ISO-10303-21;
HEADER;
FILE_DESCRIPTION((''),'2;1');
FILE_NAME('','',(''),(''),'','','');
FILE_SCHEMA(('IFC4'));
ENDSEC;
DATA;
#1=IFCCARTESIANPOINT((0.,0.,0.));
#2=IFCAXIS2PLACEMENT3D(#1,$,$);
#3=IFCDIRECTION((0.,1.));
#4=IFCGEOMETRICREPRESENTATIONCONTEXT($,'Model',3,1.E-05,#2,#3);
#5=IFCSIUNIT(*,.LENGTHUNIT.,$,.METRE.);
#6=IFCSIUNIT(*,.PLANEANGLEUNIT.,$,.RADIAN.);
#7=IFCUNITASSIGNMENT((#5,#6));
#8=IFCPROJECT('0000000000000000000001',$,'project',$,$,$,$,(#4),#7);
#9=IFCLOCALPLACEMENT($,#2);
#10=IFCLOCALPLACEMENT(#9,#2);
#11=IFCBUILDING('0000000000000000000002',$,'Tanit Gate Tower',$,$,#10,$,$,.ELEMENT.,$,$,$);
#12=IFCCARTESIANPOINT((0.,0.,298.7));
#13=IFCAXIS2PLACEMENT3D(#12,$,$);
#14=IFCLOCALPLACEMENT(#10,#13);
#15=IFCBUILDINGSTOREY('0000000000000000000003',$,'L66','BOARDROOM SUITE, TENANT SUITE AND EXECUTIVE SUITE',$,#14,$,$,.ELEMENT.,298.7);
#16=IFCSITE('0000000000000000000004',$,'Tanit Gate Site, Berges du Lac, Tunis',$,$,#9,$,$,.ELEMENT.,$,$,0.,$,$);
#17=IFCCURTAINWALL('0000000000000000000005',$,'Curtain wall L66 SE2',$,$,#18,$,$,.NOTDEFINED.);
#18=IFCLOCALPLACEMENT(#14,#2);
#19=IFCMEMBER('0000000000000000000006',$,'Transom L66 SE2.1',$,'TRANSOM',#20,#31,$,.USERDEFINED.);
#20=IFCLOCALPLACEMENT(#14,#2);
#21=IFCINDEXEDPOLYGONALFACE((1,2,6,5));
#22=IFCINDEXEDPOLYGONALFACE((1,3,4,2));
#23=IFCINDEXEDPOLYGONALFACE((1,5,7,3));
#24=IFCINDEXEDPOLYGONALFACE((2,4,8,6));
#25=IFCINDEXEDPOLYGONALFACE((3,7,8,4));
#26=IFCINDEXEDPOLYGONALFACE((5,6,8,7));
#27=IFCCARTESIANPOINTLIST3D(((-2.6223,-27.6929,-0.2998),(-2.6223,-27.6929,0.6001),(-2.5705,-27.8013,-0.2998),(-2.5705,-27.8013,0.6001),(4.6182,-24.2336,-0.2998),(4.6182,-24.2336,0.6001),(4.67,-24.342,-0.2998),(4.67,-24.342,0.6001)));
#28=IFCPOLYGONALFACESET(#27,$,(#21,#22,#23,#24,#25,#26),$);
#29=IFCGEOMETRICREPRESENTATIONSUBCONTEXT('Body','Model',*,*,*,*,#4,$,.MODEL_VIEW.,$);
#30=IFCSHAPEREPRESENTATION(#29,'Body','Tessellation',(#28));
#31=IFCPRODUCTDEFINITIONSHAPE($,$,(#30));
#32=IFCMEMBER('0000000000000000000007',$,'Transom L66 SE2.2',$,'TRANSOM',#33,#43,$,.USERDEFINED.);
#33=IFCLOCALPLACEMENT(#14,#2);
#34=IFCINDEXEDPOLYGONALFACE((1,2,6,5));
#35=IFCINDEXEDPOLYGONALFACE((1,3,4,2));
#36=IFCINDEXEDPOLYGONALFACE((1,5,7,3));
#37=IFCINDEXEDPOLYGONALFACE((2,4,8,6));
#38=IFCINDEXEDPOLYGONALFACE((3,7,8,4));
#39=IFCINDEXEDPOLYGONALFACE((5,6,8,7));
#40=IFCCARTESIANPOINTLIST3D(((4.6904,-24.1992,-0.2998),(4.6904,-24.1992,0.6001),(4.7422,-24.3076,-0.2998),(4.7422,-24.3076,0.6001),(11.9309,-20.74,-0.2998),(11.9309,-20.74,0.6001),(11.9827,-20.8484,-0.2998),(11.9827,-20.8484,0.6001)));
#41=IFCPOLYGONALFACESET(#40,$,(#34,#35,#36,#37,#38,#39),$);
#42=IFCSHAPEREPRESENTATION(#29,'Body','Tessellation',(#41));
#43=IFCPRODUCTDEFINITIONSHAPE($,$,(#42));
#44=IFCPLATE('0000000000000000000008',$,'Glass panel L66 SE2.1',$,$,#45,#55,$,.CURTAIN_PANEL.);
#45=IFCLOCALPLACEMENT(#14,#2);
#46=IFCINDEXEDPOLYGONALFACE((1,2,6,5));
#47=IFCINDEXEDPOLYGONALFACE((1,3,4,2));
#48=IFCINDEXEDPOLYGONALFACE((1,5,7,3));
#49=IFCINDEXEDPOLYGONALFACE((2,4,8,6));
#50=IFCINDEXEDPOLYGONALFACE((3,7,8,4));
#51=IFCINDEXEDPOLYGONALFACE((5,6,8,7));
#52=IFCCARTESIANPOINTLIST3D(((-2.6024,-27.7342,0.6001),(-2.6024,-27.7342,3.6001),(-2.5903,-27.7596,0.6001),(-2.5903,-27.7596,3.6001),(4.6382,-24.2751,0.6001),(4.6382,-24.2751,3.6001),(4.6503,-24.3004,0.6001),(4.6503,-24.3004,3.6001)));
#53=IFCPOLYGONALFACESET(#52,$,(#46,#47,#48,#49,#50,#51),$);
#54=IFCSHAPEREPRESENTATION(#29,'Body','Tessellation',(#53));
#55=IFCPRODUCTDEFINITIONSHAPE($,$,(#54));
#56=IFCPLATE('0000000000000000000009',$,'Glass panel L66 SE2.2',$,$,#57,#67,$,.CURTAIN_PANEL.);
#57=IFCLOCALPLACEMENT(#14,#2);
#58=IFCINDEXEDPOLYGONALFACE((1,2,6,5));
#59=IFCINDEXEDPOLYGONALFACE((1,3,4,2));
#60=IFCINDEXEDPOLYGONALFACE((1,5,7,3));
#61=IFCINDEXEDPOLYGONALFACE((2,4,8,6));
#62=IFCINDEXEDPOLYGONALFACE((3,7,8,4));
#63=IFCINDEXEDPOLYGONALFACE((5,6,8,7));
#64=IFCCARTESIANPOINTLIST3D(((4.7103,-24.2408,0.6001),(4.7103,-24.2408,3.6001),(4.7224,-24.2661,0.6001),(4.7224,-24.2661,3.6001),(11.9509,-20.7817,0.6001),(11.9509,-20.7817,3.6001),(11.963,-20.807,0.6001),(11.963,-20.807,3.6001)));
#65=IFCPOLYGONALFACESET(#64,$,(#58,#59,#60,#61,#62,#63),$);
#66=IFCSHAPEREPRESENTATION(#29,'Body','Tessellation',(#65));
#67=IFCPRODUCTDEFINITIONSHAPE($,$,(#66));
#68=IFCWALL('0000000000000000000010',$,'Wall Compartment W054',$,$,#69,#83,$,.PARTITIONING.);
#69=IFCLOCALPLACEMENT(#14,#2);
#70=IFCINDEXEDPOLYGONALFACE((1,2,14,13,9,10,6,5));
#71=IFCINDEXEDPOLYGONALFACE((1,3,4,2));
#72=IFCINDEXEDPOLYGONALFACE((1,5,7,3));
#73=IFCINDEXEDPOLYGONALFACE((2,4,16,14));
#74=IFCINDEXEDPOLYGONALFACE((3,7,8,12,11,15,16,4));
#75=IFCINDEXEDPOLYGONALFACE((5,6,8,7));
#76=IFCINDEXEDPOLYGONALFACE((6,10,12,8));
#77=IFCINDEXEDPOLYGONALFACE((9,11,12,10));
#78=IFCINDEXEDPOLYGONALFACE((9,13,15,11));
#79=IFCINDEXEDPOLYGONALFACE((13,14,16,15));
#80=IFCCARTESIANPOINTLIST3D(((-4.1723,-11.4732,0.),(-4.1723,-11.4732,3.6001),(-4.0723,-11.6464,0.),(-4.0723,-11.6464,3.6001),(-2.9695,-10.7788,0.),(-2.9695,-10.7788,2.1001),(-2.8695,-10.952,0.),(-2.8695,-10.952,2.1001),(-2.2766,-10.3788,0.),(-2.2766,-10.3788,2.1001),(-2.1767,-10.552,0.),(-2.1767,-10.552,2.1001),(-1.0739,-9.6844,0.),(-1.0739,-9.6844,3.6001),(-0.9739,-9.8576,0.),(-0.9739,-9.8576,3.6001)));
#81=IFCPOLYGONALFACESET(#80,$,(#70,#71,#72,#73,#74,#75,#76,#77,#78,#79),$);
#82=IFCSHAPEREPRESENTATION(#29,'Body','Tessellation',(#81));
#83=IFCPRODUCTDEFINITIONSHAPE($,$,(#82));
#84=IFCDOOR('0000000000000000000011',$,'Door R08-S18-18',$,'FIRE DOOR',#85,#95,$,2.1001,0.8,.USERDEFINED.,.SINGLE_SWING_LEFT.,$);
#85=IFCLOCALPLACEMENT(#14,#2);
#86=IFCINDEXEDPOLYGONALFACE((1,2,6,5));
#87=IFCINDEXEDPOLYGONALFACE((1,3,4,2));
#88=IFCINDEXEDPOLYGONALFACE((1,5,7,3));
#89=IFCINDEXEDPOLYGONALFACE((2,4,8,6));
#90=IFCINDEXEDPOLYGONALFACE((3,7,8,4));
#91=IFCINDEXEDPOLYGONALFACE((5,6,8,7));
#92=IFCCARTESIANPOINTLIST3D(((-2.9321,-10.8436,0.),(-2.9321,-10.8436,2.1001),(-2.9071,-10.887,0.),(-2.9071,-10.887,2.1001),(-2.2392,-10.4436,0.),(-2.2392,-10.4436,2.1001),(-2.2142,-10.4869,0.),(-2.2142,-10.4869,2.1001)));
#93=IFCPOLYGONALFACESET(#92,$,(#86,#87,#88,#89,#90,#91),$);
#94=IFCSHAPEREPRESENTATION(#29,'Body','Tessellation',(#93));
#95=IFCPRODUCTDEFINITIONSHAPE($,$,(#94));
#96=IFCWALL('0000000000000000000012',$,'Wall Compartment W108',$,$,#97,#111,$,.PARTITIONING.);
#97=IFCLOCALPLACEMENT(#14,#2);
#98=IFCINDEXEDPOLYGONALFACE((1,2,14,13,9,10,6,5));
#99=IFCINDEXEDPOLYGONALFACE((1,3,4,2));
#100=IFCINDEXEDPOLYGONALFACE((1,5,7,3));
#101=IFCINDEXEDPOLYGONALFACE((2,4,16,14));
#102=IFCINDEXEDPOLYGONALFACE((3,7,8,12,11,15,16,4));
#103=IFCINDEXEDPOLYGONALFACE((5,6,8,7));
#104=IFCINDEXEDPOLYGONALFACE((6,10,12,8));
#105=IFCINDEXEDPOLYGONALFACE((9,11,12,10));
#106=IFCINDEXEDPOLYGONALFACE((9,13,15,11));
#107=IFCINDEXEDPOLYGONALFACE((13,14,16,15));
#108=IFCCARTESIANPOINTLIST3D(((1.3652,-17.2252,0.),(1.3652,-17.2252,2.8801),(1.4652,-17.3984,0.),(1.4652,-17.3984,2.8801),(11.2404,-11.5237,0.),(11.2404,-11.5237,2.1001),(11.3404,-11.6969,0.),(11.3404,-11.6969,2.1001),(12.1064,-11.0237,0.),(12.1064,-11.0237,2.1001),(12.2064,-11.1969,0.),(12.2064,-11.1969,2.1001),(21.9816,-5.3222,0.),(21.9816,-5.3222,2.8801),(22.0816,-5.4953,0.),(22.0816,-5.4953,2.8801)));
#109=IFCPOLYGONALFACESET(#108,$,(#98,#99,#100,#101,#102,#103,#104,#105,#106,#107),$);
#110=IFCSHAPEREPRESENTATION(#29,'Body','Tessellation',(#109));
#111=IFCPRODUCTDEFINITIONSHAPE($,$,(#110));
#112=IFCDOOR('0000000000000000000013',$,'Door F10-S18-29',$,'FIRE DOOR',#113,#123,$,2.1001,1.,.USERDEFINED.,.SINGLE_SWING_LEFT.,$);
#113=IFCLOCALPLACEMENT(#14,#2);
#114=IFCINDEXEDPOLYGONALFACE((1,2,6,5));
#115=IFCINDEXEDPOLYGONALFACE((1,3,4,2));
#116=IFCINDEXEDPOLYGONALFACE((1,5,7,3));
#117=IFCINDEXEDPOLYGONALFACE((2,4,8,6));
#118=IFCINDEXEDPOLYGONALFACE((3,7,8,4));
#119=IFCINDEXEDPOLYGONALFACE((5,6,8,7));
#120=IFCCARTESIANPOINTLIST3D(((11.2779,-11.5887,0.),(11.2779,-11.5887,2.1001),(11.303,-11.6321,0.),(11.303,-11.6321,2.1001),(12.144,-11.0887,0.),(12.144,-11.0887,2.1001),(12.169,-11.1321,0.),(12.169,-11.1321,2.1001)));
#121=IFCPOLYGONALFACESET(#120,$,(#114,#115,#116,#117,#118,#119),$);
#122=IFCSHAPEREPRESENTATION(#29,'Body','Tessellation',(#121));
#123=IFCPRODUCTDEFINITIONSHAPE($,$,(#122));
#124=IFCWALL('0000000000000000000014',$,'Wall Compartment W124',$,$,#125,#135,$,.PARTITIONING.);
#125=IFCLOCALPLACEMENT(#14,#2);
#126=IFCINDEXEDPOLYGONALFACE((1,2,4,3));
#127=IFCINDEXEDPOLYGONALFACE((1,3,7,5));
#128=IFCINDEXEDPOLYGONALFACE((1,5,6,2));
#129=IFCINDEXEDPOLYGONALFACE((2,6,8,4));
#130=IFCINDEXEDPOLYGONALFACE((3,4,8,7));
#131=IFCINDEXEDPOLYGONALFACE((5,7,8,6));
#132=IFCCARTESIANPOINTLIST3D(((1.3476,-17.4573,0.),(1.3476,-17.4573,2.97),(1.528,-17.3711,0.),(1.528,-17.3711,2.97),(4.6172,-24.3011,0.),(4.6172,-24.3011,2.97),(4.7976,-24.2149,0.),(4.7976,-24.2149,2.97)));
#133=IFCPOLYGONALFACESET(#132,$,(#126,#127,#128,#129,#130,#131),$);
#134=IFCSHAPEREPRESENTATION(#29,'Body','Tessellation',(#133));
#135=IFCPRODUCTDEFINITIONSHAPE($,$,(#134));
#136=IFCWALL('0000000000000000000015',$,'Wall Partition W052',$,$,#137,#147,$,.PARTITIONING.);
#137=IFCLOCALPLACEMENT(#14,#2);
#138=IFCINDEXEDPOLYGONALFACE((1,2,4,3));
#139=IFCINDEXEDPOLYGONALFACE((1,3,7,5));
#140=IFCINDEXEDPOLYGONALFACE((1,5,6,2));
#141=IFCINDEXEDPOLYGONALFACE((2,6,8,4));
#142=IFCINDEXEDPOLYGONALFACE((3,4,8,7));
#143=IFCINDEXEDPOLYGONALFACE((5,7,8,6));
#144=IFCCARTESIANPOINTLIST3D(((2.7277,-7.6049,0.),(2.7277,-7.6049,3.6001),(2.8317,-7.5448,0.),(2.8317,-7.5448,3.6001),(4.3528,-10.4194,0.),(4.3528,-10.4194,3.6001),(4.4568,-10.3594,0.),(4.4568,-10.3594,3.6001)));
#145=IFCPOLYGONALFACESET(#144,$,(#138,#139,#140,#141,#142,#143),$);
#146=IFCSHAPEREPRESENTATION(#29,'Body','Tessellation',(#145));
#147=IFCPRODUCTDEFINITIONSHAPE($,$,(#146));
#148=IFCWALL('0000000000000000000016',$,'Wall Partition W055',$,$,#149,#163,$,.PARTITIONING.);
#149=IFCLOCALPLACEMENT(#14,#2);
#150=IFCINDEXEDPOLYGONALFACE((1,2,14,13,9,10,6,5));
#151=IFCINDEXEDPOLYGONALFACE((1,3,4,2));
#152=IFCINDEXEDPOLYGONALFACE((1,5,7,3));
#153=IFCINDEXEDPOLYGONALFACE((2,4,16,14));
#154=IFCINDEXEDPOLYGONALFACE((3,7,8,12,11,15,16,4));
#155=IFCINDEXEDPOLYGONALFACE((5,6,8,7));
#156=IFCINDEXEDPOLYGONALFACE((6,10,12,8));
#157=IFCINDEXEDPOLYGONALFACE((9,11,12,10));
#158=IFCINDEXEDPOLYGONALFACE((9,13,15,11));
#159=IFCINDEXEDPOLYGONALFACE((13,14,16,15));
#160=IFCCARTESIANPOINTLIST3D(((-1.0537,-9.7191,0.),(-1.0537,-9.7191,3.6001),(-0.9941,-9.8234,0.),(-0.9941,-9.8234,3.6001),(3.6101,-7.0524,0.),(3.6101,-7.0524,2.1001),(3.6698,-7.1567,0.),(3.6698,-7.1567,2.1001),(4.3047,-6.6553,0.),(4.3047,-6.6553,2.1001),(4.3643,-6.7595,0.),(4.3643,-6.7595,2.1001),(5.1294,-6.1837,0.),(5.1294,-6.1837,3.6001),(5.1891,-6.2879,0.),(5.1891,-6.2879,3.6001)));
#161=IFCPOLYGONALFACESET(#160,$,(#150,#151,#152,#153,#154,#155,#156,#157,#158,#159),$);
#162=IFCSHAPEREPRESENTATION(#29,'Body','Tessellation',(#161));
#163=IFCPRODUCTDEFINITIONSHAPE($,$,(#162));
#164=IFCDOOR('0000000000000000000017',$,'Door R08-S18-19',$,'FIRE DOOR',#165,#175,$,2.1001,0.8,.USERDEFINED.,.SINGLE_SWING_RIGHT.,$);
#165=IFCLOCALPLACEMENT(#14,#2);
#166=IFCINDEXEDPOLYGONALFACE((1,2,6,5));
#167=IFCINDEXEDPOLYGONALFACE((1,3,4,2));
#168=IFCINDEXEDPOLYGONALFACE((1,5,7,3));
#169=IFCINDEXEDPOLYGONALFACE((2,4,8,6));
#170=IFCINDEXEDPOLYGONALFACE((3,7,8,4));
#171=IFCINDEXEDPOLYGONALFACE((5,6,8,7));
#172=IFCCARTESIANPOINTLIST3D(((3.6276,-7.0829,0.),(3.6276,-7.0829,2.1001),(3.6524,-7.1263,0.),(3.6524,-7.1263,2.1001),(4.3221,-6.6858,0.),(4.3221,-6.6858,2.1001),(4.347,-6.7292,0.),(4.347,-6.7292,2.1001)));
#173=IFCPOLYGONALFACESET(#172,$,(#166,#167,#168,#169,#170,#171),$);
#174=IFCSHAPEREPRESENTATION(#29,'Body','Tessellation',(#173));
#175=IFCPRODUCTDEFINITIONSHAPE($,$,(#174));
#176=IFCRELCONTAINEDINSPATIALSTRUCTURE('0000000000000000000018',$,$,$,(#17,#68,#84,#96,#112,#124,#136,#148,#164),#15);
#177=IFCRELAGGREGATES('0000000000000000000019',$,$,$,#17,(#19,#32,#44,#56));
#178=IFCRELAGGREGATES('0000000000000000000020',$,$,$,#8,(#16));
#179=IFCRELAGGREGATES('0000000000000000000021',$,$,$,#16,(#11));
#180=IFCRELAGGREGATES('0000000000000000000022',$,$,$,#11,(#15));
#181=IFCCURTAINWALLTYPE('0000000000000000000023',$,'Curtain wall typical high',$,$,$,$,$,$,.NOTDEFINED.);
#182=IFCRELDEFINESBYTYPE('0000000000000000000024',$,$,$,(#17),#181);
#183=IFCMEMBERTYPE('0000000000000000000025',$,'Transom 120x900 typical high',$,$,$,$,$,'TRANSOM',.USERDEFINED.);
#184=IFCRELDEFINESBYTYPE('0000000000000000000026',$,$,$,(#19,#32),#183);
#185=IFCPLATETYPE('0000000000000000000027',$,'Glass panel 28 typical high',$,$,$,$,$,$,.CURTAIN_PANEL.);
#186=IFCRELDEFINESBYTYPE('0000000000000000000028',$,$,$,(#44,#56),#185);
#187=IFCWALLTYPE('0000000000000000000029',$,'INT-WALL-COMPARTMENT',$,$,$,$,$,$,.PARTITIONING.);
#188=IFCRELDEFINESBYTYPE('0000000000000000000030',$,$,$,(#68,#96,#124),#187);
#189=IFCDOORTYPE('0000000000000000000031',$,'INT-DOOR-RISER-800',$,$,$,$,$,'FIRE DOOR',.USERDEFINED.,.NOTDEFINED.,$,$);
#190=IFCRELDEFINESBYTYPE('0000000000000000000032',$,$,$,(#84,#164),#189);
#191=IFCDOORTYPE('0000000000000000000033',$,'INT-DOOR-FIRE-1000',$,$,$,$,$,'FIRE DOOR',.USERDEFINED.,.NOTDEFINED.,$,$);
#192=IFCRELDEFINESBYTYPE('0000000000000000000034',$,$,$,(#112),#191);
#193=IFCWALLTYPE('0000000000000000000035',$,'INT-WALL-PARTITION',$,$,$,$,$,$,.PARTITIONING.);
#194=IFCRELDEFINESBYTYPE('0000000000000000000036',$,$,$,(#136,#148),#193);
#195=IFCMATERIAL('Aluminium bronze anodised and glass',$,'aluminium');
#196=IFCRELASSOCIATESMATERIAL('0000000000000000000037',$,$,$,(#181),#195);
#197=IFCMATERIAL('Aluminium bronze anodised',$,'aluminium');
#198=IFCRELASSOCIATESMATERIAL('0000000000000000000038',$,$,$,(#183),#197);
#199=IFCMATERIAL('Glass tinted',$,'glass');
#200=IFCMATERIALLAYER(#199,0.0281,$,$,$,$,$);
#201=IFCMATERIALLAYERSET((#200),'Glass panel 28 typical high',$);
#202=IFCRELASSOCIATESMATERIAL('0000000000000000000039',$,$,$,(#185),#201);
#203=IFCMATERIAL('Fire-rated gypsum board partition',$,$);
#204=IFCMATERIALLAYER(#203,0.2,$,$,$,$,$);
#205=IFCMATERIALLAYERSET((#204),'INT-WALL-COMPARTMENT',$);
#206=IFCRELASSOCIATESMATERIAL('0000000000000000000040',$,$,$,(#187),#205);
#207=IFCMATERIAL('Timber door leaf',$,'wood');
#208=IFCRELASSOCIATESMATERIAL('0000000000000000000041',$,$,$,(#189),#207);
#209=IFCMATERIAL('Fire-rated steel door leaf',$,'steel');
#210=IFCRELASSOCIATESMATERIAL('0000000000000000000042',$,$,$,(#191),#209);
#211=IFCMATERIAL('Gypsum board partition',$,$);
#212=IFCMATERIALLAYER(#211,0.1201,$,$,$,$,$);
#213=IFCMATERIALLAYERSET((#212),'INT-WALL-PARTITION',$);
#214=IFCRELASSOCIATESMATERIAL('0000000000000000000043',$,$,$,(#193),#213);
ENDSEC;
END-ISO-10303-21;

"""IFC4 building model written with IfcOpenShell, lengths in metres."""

from ifc_helpers import new_model, si_unit, direction, frame, frame_2d, origin, origin_2d, place, context, subcontext, project, spatial, rectangle, extrude, material, layer, layer_set, material_profile, profile_set, type_object, element, fill, aggregate, save


model = new_model("IFC4")

# Units and contexts
model_context = context("Model", 3, precision=1e-05, world=origin(), true_north=direction((0.0, 1.0)))
body_context = subcontext(model_context, "Body", "Model", "MODEL_VIEW")
ifc_project = project(units=[si_unit("LENGTHUNIT", "METRE"), si_unit("PLANEANGLEUNIT", "RADIAN")], contexts=[model_context])

# Site, building, storey
site_placement = place(None, origin())
site = spatial("IfcSite", under=ifc_project, at=site_placement, Name="Tanit Gate Site, Berges du Lac, Tunis", CompositionType="ELEMENT", RefElevation=0.0)
building_placement = place(site_placement, origin())
building = spatial("IfcBuilding", under=site, at=building_placement, Name="Tanit Gate Tower", CompositionType="ELEMENT")
storey_placement = place(building_placement, frame((0.0, 0.0, 298.7)))
storey = spatial("IfcBuildingStorey", under=building, at=storey_placement, Name="L66", Description="BOARDROOM SUITE, TENANT SUITE AND EXECUTIVE SUITE", CompositionType="ELEMENT", Elevation=298.7)

# Curtain wall
ifc_material_1 = material(Name="Aluminium bronze anodised and glass", Category="aluminium")
curtain_wall_type = type_object("IfcCurtainWallType", Name="Curtain wall typical high", PredefinedType="NOTDEFINED", material=ifc_material_1)
curtain_wall_1_placement = place(storey_placement, origin())
curtain_wall_1 = element("IfcCurtainWall", 1, at=curtain_wall_1_placement, inside=storey, type_object=curtain_wall_type, Name="Curtain wall L66 SE2", PredefinedType="NOTDEFINED")

# Members
ifc_material_2 = material(Name="Aluminium bronze anodised", Category="aluminium")
ifc_material_profile_1 = material_profile(ifc_material_2, rectangle(XDim=0.1201, YDim=0.8999, at=origin_2d()), Name="120x900 bronze transom")
ifc_profile_set_1 = profile_set([ifc_material_profile_1], Name="Aluminium bronze anodised")
member_type_1 = type_object("IfcMemberType", Name="Transom 120x900 typical high", ElementType="TRANSOM", PredefinedType="USERDEFINED", material=ifc_profile_set_1)
member_1_placement = place(storey_placement, frame((-2.5964, -27.7471, 0.1501), z_axis=(0.902309, 0.431089, 0.0), x_axis=(-0.431089, 0.902309, 0.0)))
member_1 = element("IfcMember", 2, at=member_1_placement, type_object=member_type_1, Name="Transom L66 SE2.1", ObjectType="TRANSOM", PredefinedType="USERDEFINED", context=body_context, shape_type="SweptSolid", body=[
    extrude(rectangle(XDim=0.1201, YDim=0.8999, at=origin_2d()), origin(), (0.0, 0.0, 1.0), 8.0244),
])
member_2_placement = place(storey_placement, frame((4.7163, -24.2534, 0.1501), z_axis=(0.902309, 0.431089, 0.0), x_axis=(-0.431089, 0.902309, 0.0)))
member_2 = element("IfcMember", 3, at=member_2_placement, type_object=member_type_1, Name="Transom L66 SE2.2", ObjectType="TRANSOM", PredefinedType="USERDEFINED", context=body_context, shape_type="SweptSolid", body=[
    extrude(rectangle(XDim=0.1201, YDim=0.8999, at=origin_2d()), origin(), (0.0, 0.0, 1.0), 8.0244),
])

# Plates
ifc_material_3 = material(Name="Glass tinted", Category="glass")
ifc_layer_1 = layer(ifc_material_3, 0.0281)
ifc_layer_set_1 = layer_set([ifc_layer_1], Name="Glass panel 28 typical high")
plate_type = type_object("IfcPlateType", Name="Glass panel 28 typical high", PredefinedType="CURTAIN_PANEL", material=ifc_layer_set_1)
plate_1_placement = place(storey_placement, frame((1.0239, -26.0173, 0.6001), z_axis=(0.0, 0.0, 1.0), x_axis=(0.902317, 0.431073, 0.0)))
plate_1 = element("IfcPlate", 4, at=plate_1_placement, type_object=plate_type, Name="Glass panel L66 SE2.1", PredefinedType="CURTAIN_PANEL", context=body_context, shape_type="SweptSolid", body=[
    extrude(rectangle(XDim=8.0244, YDim=0.0281, at=origin_2d()), origin(), (0.0, 0.0, 1.0), 3.0),
])
plate_2_placement = place(storey_placement, frame((8.3367, -22.5239, 0.6001), z_axis=(0.0, 0.0, 1.0), x_axis=(0.902317, 0.431073, 0.0)))
plate_2 = element("IfcPlate", 5, at=plate_2_placement, type_object=plate_type, Name="Glass panel L66 SE2.2", PredefinedType="CURTAIN_PANEL", context=body_context, shape_type="SweptSolid", body=[
    extrude(rectangle(XDim=8.0244, YDim=0.0281, at=origin_2d()), origin(), (0.0, 0.0, 1.0), 3.0),
])
aggregate(curtain_wall_1, [member_1, member_2, plate_1, plate_2])

# Walls, openings, doors
ifc_material_4 = material(Name="Fire-rated gypsum board partition")
ifc_layer_2 = layer(ifc_material_4, 0.2)
ifc_layer_set_2 = layer_set([ifc_layer_2], Name="INT-WALL-COMPARTMENT")
wall_type_1 = type_object("IfcWallType", Name="INT-WALL-COMPARTMENT", PredefinedType="PARTITIONING", material=ifc_layer_set_2)
wall_1_placement = place(storey_placement, frame((-1.0239, -9.771, 0.0), z_axis=(0.0, 0.0, 1.0), x_axis=(-0.86603, -0.499992, 0.0)))
wall_1 = element("IfcWall", 6, at=wall_1_placement, inside=storey, type_object=wall_type_1, Name="Wall Compartment W054", PredefinedType="PARTITIONING", context=body_context, shape_type="SweptSolid", body=[
    extrude(rectangle(XDim=3.5776, YDim=0.2, at=frame_2d((1.7888, 0.0))), origin(), (0.0, 0.0, 1.0), 3.6001),
])
opening_1_placement = place(wall_1_placement, frame((1.3889, 0.0, 0.0)))
opening_1 = element("IfcOpeningElement", 7, at=opening_1_placement, cuts=wall_1, PredefinedType="OPENING", context=body_context, shape_type="SweptSolid", body=[
    extrude(rectangle(XDim=0.8, YDim=2.1001, at=frame_2d((0.3999, 1.05))), frame((0.0, 0.1099, 0.0), z_axis=(0.0, -1.0, 0.0), x_axis=(1.0, 0.0, 0.0)), (0.0, 0.0, 1.0), 0.22),
])
ifc_material_5 = material(Name="Timber door leaf", Category="wood")
door_type_1 = type_object("IfcDoorType", Name="INT-DOOR-RISER-800", ElementType="FIRE DOOR", OperationType="NOTDEFINED", PredefinedType="USERDEFINED", material=ifc_material_5)
door_1_placement = place(opening_1_placement, origin())
door_1 = element("IfcDoor", 8, at=door_1_placement, inside=storey, type_object=door_type_1, Name="Door R08-S18-18", ObjectType="FIRE DOOR", OperationType="SINGLE_SWING_LEFT", OverallHeight=2.1001, OverallWidth=0.8, PredefinedType="USERDEFINED", context=body_context, shape_type="SweptSolid", body=[
    extrude(rectangle(XDim=0.8, YDim=2.1001, at=frame_2d((0.3999, 1.05))), frame((0.0, 0.0249, 0.0), z_axis=(0.0, -1.0, 0.0), x_axis=(1.0, 0.0, 0.0)), (0.0, 0.0, 1.0), 0.05),
])
fill(opening_1, door_1)
wall_2_placement = place(storey_placement, frame((1.4153, -17.3118, 0.0), z_axis=(0.0, 0.0, 1.0), x_axis=(0.866022, 0.500005, 0.0)))
wall_2 = element("IfcWall", 9, at=wall_2_placement, inside=storey, type_object=wall_type_1, Name="Wall Compartment W108", PredefinedType="PARTITIONING", context=body_context, shape_type="SweptSolid", body=[
    extrude(rectangle(XDim=23.8059, YDim=0.2, at=frame_2d((11.9028, 0.0))), origin(), (0.0, 0.0, 1.0), 2.8801),
])
opening_2_placement = place(wall_2_placement, frame((11.4028, 0.0, 0.0)))
opening_2 = element("IfcOpeningElement", 10, at=opening_2_placement, cuts=wall_2, PredefinedType="OPENING", context=body_context, shape_type="SweptSolid", body=[
    extrude(rectangle(XDim=1.0, YDim=2.1001, at=frame_2d((0.5, 1.05))), frame((0.0, 0.1099, 0.0), z_axis=(0.0, -1.0, 0.0), x_axis=(1.0, 0.0, 0.0)), (0.0, 0.0, 1.0), 0.22),
])
ifc_material_6 = material(Name="Fire-rated steel door leaf", Category="steel")
door_type_2 = type_object("IfcDoorType", Name="INT-DOOR-FIRE-1000", ElementType="FIRE DOOR", OperationType="NOTDEFINED", PredefinedType="USERDEFINED", material=ifc_material_6)
door_2_placement = place(opening_2_placement, origin())
door_2 = element("IfcDoor", 11, at=door_2_placement, inside=storey, type_object=door_type_2, Name="Door F10-S18-29", ObjectType="FIRE DOOR", OperationType="SINGLE_SWING_LEFT", OverallHeight=2.1001, OverallWidth=1.0, PredefinedType="USERDEFINED", context=body_context, shape_type="SweptSolid", body=[
    extrude(rectangle(XDim=1.0, YDim=2.1001, at=frame_2d((0.5, 1.05))), frame((0.0, 0.0249, 0.0), z_axis=(0.0, -1.0, 0.0), x_axis=(1.0, 0.0, 0.0)), (0.0, 0.0, 1.0), 0.05),
])
fill(opening_2, door_2)

# Walls
wall_3_placement = place(storey_placement, frame((1.4377, -17.4141, 0.0), z_axis=(0.0, 0.0, 1.0), x_axis=(0.431073, -0.902317, 0.0)))
element("IfcWall", 12, at=wall_3_placement, inside=storey, type_object=wall_type_1, Name="Wall Compartment W124", PredefinedType="PARTITIONING", context=body_context, shape_type="SweptSolid", body=[
    extrude(rectangle(XDim=7.5847, YDim=0.2, at=frame_2d((3.7925, 0.0))), origin(), (0.0, 0.0, 1.0), 2.97),
])
ifc_material_7 = material(Name="Gypsum board partition")
ifc_layer_3 = layer(ifc_material_7, 0.1201)
ifc_layer_set_3 = layer_set([ifc_layer_3], Name="INT-WALL-PARTITION")
wall_type_2 = type_object("IfcWallType", Name="INT-WALL-PARTITION", PredefinedType="PARTITIONING", material=ifc_layer_set_3)
wall_4_placement = place(storey_placement, frame((4.4048, -10.3894, 0.0), z_axis=(0.0, 0.0, 1.0), x_axis=(-0.500017, 0.866015, 0.0)))
element("IfcWall", 13, at=wall_4_placement, inside=storey, type_object=wall_type_2, Name="Wall Partition W052", PredefinedType="PARTITIONING", context=body_context, shape_type="SweptSolid", body=[
    extrude(rectangle(XDim=3.25, YDim=0.1201, at=frame_2d((1.625, 0.0))), origin(), (0.0, 0.0, 1.0), 3.6001),
])

# Wall, opening, door
wall_5_placement = place(storey_placement, frame((-1.0239, -9.7712, 0.0), z_axis=(0.0, 0.0, 1.0), x_axis=(0.86811, 0.496371, 0.0)))
wall_5 = element("IfcWall", 14, at=wall_5_placement, inside=storey, type_object=wall_type_2, Name="Wall Partition W055", PredefinedType="PARTITIONING", context=body_context, shape_type="SweptSolid", body=[
    extrude(rectangle(XDim=7.1226, YDim=0.1201, at=frame_2d((3.5613, 0.0))), origin(), (0.0, 0.0, 1.0), 3.6001),
])
opening_3_placement = place(wall_5_placement, frame((5.3726, 0.0, 0.0)))
opening_3 = element("IfcOpeningElement", 15, at=opening_3_placement, cuts=wall_5, PredefinedType="OPENING", context=body_context, shape_type="SweptSolid", body=[
    extrude(rectangle(XDim=0.8, YDim=2.1001, at=frame_2d((0.3999, 1.05))), frame((0.0, 0.0701, 0.0), z_axis=(0.0, -1.0, 0.0), x_axis=(1.0, 0.0, 0.0)), (0.0, 0.0, 1.0), 0.1401),
])
door_3_placement = place(opening_3_placement, origin())
door_3 = element("IfcDoor", 16, at=door_3_placement, inside=storey, type_object=door_type_1, Name="Door R08-S18-19", ObjectType="FIRE DOOR", OperationType="SINGLE_SWING_RIGHT", OverallHeight=2.1001, OverallWidth=0.8, PredefinedType="USERDEFINED", context=body_context, shape_type="SweptSolid", body=[
    extrude(rectangle(XDim=0.8, YDim=2.1001, at=frame_2d((0.3999, 1.05))), frame((0.0, 0.0249, 0.0), z_axis=(0.0, -1.0, 0.0), x_axis=(1.0, 0.0, 0.0)), (0.0, 0.0, 1.0), 0.05),
])
fill(opening_3, door_3)

save(model, "model.ifc")
